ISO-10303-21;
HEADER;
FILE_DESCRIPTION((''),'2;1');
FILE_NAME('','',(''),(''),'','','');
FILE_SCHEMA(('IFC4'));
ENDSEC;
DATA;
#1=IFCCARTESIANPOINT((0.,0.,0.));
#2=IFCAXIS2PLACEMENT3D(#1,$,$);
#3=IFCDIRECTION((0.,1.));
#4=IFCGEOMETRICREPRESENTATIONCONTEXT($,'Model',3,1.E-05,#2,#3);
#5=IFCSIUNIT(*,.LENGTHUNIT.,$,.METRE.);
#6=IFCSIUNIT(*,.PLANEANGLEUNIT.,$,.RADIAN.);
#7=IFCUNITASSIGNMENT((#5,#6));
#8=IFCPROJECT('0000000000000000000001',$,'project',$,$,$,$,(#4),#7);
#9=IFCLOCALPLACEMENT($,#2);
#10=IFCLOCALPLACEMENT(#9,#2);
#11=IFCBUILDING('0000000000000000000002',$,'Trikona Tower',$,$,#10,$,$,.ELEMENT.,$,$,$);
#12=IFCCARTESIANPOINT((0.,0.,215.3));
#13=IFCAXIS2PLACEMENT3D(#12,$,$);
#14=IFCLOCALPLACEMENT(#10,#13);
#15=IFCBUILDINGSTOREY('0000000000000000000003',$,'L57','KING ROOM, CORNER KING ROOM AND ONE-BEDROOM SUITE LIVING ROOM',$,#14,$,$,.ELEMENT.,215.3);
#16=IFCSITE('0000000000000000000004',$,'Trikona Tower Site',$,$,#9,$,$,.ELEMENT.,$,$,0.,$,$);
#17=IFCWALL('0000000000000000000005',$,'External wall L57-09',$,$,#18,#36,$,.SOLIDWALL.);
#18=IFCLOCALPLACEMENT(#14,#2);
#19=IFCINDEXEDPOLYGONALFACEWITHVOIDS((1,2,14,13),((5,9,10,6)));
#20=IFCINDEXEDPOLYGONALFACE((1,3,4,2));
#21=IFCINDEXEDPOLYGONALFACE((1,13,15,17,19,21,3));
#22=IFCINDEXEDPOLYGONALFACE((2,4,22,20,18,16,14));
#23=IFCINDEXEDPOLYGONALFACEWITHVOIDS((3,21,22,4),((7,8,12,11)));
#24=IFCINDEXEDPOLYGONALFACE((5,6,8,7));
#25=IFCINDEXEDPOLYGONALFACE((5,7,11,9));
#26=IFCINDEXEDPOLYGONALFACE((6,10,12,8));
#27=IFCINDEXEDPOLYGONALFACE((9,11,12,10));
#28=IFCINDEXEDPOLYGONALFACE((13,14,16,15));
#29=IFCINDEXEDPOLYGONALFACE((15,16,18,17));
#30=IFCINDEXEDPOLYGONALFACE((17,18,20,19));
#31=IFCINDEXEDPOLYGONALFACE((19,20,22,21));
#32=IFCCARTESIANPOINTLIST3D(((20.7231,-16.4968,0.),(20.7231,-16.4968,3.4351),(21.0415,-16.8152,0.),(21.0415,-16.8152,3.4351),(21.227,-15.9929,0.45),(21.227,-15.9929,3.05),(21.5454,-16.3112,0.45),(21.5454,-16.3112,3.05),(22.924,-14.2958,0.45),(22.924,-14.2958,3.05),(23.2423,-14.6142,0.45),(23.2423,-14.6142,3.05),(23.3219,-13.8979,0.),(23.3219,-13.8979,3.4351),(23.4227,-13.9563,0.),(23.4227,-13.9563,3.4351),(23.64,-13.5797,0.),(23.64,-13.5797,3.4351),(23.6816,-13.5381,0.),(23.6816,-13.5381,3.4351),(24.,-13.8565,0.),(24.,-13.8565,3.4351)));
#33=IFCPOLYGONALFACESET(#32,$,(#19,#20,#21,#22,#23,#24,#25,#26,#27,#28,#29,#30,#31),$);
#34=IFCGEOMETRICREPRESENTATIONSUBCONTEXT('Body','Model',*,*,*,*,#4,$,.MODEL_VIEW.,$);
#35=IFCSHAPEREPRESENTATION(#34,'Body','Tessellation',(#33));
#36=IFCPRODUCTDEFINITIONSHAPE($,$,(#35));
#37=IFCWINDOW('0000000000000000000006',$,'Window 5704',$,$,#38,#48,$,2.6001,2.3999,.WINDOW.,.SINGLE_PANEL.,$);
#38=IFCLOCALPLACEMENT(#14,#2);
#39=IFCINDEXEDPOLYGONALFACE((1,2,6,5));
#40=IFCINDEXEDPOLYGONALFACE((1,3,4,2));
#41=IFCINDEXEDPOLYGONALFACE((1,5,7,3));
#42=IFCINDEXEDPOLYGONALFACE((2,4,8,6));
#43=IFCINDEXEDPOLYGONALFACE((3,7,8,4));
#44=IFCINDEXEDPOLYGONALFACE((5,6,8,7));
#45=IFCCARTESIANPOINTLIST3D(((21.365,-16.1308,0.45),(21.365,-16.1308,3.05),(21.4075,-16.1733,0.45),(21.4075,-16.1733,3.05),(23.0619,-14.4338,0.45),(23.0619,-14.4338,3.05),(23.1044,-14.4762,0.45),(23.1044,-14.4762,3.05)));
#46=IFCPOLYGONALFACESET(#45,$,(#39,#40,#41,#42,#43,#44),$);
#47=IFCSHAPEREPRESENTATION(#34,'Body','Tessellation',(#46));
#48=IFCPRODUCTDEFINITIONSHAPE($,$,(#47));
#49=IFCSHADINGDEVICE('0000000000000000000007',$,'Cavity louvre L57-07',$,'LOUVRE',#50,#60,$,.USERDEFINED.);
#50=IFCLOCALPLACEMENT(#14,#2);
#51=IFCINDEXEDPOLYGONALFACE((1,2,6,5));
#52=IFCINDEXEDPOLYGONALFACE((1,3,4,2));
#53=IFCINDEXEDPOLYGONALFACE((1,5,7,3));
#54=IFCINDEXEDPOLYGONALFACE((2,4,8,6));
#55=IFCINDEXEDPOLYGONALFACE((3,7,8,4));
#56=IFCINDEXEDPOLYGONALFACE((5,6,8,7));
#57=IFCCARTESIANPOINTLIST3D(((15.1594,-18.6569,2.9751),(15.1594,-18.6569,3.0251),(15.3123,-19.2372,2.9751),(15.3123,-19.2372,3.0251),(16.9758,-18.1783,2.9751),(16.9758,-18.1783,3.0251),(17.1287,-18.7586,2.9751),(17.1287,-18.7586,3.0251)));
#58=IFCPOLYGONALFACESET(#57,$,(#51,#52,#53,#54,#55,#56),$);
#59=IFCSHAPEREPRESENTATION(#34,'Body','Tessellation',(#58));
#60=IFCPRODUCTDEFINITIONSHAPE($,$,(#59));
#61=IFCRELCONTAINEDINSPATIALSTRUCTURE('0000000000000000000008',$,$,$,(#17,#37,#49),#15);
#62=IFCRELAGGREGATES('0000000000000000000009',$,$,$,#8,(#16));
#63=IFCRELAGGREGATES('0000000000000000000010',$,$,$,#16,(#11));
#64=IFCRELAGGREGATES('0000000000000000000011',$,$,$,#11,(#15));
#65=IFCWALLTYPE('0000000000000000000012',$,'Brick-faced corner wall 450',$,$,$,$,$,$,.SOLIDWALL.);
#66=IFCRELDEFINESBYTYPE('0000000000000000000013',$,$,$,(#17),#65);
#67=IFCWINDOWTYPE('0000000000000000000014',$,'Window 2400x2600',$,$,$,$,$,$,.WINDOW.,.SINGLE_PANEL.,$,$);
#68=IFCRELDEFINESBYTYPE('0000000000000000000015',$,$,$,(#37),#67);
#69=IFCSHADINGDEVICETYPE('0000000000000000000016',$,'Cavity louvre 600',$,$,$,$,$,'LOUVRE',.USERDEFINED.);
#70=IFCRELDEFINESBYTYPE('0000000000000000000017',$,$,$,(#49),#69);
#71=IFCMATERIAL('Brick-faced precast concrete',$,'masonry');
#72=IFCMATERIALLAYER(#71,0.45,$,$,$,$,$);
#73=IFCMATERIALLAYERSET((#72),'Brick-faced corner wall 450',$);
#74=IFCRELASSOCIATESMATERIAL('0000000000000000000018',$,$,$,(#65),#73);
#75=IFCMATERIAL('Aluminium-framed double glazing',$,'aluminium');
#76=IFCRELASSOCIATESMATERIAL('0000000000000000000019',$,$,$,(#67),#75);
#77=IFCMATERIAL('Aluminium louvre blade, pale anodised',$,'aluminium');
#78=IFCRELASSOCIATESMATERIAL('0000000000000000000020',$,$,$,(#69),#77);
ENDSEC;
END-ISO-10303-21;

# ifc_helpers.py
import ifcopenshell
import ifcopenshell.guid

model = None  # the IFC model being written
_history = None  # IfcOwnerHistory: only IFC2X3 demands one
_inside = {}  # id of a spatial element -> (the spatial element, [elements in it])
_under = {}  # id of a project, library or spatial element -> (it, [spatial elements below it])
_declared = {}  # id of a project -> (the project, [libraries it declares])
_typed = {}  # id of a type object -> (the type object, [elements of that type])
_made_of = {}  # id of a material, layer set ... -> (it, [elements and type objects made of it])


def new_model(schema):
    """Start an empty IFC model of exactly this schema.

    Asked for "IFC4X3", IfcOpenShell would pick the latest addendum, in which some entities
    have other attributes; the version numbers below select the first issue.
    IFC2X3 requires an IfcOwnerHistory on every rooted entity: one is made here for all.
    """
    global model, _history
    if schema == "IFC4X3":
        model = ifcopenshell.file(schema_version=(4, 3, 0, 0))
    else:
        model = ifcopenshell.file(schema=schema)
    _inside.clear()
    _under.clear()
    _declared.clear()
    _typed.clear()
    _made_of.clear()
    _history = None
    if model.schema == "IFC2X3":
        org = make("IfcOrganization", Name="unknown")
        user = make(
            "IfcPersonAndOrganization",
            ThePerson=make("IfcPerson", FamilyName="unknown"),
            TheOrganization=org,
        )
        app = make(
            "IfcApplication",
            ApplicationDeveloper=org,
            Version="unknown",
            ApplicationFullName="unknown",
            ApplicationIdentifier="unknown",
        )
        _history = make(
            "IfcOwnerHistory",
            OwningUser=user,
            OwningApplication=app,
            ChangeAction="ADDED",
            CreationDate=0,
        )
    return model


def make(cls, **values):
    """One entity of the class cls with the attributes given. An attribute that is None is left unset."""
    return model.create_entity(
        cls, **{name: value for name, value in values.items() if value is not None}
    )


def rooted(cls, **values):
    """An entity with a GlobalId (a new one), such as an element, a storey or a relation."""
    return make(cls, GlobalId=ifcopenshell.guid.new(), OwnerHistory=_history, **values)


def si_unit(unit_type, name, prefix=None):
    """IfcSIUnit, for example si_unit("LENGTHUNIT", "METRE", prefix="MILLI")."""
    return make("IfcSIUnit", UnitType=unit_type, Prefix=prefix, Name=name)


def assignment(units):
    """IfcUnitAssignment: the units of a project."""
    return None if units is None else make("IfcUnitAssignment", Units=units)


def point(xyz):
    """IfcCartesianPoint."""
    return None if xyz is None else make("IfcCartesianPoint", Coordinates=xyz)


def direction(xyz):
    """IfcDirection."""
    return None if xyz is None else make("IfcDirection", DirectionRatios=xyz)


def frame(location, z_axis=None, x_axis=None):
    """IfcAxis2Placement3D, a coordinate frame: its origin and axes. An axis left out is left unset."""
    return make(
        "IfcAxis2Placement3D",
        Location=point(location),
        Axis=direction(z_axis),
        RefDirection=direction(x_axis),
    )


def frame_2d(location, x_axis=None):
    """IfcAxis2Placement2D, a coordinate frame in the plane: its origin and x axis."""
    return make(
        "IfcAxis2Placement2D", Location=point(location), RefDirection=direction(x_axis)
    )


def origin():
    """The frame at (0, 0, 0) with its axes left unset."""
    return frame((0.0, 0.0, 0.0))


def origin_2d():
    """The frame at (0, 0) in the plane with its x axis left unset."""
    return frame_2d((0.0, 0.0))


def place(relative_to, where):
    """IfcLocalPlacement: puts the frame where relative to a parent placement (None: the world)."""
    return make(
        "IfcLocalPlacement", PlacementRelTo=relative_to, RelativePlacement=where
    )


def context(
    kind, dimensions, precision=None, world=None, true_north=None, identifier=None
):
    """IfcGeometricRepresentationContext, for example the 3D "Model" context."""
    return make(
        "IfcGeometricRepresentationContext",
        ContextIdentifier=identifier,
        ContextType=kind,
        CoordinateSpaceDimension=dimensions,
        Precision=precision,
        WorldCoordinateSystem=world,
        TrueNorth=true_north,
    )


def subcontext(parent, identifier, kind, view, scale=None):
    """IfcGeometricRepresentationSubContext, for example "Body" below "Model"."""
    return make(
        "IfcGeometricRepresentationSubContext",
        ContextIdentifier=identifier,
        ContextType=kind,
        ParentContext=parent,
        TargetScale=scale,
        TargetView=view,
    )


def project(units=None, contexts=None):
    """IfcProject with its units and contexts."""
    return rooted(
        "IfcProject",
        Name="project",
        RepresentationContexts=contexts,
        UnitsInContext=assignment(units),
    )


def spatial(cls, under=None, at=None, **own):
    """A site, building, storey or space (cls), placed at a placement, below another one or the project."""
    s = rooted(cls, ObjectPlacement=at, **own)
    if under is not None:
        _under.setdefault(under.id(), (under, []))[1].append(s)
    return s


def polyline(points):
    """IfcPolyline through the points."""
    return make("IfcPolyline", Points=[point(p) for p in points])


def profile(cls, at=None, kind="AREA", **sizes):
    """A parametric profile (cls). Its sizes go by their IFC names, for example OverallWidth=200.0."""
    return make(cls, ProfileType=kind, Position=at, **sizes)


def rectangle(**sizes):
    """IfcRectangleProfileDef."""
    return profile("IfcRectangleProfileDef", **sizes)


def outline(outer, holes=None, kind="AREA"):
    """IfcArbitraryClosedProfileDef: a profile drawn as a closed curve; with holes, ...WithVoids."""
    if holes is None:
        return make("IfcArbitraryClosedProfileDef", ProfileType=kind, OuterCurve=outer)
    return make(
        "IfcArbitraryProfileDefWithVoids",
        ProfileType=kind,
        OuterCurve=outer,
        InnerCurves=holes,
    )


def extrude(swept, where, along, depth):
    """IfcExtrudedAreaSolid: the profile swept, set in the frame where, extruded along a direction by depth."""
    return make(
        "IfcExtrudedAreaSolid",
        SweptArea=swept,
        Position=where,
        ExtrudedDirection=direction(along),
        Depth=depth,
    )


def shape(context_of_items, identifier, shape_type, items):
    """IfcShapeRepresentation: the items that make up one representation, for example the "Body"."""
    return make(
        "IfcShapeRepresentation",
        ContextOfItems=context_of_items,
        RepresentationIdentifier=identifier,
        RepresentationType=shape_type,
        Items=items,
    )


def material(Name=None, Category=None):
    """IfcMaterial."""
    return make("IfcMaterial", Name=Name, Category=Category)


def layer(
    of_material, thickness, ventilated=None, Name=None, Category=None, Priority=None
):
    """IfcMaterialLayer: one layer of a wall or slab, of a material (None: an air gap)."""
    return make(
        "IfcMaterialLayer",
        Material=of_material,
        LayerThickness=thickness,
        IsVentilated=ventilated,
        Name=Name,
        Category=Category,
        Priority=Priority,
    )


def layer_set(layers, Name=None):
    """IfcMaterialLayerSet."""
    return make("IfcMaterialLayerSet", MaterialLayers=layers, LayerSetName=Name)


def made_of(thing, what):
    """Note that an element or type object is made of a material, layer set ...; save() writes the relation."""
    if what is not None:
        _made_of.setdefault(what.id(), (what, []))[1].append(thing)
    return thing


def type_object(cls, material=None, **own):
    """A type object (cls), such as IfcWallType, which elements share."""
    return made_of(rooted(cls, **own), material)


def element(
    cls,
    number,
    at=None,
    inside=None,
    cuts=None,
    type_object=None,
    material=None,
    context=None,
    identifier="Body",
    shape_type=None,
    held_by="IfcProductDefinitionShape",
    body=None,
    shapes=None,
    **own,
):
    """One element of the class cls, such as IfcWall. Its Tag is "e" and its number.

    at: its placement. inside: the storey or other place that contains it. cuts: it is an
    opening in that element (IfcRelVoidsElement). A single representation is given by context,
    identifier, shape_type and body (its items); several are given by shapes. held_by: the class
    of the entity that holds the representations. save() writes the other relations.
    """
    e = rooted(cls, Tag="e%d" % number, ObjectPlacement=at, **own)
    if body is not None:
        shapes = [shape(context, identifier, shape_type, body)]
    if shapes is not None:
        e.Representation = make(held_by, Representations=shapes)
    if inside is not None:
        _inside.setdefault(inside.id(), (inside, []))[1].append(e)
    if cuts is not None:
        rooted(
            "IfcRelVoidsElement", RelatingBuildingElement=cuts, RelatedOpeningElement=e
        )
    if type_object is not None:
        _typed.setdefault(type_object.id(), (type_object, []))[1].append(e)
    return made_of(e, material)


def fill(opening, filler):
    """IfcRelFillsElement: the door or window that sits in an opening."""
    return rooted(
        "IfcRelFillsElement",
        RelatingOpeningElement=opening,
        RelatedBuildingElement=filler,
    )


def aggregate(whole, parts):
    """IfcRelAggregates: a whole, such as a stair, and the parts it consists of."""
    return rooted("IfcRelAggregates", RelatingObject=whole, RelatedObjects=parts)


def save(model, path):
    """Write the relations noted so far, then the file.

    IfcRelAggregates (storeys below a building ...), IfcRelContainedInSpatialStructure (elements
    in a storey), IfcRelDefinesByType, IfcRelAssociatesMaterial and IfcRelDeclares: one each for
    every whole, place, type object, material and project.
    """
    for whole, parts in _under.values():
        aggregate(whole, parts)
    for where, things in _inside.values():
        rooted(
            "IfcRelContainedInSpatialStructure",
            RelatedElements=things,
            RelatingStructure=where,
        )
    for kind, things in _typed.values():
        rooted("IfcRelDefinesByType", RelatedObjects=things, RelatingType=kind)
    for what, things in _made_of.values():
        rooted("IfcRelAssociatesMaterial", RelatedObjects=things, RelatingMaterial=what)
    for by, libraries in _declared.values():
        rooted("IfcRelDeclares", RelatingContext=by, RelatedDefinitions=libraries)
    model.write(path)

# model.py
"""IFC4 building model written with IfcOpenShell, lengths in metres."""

from ifc_helpers import new_model, si_unit, direction, frame, frame_2d, origin, origin_2d, place, context, subcontext, project, spatial, polyline, rectangle, outline, extrude, material, layer, layer_set, type_object, element, fill, save


model = new_model("IFC4")

# Units and contexts
model_context = context("Model", 3, precision=1e-05, world=origin(), true_north=direction((0.0, 1.0)))
body_context = subcontext(model_context, "Body", "Model", "MODEL_VIEW")
ifc_project = project(units=[si_unit("LENGTHUNIT", "METRE"), si_unit("PLANEANGLEUNIT", "RADIAN")], contexts=[model_context])

# Site, building, storey
site_placement = place(None, origin())
site = spatial("IfcSite", under=ifc_project, at=site_placement, Name="Trikona Tower Site", CompositionType="ELEMENT", RefElevation=0.0)
building_placement = place(site_placement, origin())
building = spatial("IfcBuilding", under=site, at=building_placement, Name="Trikona Tower", CompositionType="ELEMENT")
storey_placement = place(building_placement, frame((0.0, 0.0, 215.3)))
storey = spatial("IfcBuildingStorey", under=building, at=storey_placement, Name="L57", Description="KING ROOM, CORNER KING ROOM AND ONE-BEDROOM SUITE LIVING ROOM", CompositionType="ELEMENT", Elevation=215.3)

# Wall, opening, window
ifc_material_1 = material(Name="Brick-faced precast concrete", Category="masonry")
ifc_layer_1 = layer(ifc_material_1, 0.45)
ifc_layer_set_1 = layer_set([ifc_layer_1], Name="Brick-faced corner wall 450")
wall_type = type_object("IfcWallType", Name="Brick-faced corner wall 450", PredefinedType="SOLIDWALL", material=ifc_layer_set_1)
wall_1_placement = place(storey_placement, frame((20.8823, -16.656, 0.0), z_axis=(0.0, 0.0, 1.0), x_axis=(0.707078, 0.707136, 0.0)))
wall_1 = element("IfcWall", 1, at=wall_1_placement, inside=storey, type_object=wall_type, Name="External wall L57-09", PredefinedType="SOLIDWALL", context=body_context, shape_type="SweptSolid", body=[
    extrude(outline(polyline([(4.1841, 0.2251), (4.1252, 0.2251), (3.7053, 0.1125), (3.6753, 0.2251), (0.0, 0.2251), (0.0, -0.2251), (4.1841, -0.2251), (4.1841, 0.2251)])), origin(), (0.0, 0.0, 1.0), 3.4351),
])
opening_1_placement = place(wall_1_placement, frame((0.7126, 0.0, 0.45)))
opening_1 = element("IfcOpeningElement", 2, at=opening_1_placement, cuts=wall_1, PredefinedType="OPENING", context=body_context, shape_type="SweptSolid", body=[
    extrude(rectangle(XDim=2.3999, YDim=2.6001, at=frame_2d((1.2, 1.3))), frame((0.0, 0.2349, 0.0), z_axis=(0.0, -1.0, 0.0), x_axis=(1.0, 0.0, 0.0)), (0.0, 0.0, 1.0), 0.47),
])
ifc_material_2 = material(Name="Aluminium-framed double glazing", Category="aluminium")
window_type_1 = type_object("IfcWindowType", Name="Window 2400x2600", PartitioningType="SINGLE_PANEL", PredefinedType="WINDOW", material=ifc_material_2)
window_1_placement = place(opening_1_placement, origin())
window_1 = element("IfcWindow", 3, at=window_1_placement, inside=storey, type_object=window_type_1, Name="Window 5704", OverallHeight=2.6001, OverallWidth=2.3999, PartitioningType="SINGLE_PANEL", PredefinedType="WINDOW", context=body_context, shape_type="SweptSolid", body=[
    extrude(rectangle(XDim=2.3999, YDim=2.6001, at=frame_2d((1.2, 1.3))), frame((0.0, 0.03, 0.0), z_axis=(0.0, -1.0, 0.0), x_axis=(1.0, 0.0, 0.0)), (0.0, 0.0, 1.0), 0.0601),
])
fill(opening_1, window_1)

# Shading device
ifc_material_3 = material(Name="Aluminium louvre blade, pale anodised", Category="aluminium")
shading_device_type = type_object("IfcShadingDeviceType", Name="Cavity louvre 600", ElementType="LOUVRE", PredefinedType="USERDEFINED", material=ifc_material_3)
shading_device_placement = place(storey_placement, frame((16.144, -18.7078, 2.9751), z_axis=(0.0, 0.0, 1.0), x_axis=(0.966993, 0.254803, 0.0)))
element("IfcShadingDevice", 4, at=shading_device_placement, inside=storey, type_object=shading_device_type, Name="Cavity louvre L57-07", ObjectType="LOUVRE", PredefinedType="USERDEFINED", context=body_context, shape_type="SweptSolid", body=[
    extrude(rectangle(XDim=1.8784, YDim=0.6001, at=origin_2d()), origin(), (0.0, 0.0, 1.0), 0.05),
])

save(model, "model.ifc")
